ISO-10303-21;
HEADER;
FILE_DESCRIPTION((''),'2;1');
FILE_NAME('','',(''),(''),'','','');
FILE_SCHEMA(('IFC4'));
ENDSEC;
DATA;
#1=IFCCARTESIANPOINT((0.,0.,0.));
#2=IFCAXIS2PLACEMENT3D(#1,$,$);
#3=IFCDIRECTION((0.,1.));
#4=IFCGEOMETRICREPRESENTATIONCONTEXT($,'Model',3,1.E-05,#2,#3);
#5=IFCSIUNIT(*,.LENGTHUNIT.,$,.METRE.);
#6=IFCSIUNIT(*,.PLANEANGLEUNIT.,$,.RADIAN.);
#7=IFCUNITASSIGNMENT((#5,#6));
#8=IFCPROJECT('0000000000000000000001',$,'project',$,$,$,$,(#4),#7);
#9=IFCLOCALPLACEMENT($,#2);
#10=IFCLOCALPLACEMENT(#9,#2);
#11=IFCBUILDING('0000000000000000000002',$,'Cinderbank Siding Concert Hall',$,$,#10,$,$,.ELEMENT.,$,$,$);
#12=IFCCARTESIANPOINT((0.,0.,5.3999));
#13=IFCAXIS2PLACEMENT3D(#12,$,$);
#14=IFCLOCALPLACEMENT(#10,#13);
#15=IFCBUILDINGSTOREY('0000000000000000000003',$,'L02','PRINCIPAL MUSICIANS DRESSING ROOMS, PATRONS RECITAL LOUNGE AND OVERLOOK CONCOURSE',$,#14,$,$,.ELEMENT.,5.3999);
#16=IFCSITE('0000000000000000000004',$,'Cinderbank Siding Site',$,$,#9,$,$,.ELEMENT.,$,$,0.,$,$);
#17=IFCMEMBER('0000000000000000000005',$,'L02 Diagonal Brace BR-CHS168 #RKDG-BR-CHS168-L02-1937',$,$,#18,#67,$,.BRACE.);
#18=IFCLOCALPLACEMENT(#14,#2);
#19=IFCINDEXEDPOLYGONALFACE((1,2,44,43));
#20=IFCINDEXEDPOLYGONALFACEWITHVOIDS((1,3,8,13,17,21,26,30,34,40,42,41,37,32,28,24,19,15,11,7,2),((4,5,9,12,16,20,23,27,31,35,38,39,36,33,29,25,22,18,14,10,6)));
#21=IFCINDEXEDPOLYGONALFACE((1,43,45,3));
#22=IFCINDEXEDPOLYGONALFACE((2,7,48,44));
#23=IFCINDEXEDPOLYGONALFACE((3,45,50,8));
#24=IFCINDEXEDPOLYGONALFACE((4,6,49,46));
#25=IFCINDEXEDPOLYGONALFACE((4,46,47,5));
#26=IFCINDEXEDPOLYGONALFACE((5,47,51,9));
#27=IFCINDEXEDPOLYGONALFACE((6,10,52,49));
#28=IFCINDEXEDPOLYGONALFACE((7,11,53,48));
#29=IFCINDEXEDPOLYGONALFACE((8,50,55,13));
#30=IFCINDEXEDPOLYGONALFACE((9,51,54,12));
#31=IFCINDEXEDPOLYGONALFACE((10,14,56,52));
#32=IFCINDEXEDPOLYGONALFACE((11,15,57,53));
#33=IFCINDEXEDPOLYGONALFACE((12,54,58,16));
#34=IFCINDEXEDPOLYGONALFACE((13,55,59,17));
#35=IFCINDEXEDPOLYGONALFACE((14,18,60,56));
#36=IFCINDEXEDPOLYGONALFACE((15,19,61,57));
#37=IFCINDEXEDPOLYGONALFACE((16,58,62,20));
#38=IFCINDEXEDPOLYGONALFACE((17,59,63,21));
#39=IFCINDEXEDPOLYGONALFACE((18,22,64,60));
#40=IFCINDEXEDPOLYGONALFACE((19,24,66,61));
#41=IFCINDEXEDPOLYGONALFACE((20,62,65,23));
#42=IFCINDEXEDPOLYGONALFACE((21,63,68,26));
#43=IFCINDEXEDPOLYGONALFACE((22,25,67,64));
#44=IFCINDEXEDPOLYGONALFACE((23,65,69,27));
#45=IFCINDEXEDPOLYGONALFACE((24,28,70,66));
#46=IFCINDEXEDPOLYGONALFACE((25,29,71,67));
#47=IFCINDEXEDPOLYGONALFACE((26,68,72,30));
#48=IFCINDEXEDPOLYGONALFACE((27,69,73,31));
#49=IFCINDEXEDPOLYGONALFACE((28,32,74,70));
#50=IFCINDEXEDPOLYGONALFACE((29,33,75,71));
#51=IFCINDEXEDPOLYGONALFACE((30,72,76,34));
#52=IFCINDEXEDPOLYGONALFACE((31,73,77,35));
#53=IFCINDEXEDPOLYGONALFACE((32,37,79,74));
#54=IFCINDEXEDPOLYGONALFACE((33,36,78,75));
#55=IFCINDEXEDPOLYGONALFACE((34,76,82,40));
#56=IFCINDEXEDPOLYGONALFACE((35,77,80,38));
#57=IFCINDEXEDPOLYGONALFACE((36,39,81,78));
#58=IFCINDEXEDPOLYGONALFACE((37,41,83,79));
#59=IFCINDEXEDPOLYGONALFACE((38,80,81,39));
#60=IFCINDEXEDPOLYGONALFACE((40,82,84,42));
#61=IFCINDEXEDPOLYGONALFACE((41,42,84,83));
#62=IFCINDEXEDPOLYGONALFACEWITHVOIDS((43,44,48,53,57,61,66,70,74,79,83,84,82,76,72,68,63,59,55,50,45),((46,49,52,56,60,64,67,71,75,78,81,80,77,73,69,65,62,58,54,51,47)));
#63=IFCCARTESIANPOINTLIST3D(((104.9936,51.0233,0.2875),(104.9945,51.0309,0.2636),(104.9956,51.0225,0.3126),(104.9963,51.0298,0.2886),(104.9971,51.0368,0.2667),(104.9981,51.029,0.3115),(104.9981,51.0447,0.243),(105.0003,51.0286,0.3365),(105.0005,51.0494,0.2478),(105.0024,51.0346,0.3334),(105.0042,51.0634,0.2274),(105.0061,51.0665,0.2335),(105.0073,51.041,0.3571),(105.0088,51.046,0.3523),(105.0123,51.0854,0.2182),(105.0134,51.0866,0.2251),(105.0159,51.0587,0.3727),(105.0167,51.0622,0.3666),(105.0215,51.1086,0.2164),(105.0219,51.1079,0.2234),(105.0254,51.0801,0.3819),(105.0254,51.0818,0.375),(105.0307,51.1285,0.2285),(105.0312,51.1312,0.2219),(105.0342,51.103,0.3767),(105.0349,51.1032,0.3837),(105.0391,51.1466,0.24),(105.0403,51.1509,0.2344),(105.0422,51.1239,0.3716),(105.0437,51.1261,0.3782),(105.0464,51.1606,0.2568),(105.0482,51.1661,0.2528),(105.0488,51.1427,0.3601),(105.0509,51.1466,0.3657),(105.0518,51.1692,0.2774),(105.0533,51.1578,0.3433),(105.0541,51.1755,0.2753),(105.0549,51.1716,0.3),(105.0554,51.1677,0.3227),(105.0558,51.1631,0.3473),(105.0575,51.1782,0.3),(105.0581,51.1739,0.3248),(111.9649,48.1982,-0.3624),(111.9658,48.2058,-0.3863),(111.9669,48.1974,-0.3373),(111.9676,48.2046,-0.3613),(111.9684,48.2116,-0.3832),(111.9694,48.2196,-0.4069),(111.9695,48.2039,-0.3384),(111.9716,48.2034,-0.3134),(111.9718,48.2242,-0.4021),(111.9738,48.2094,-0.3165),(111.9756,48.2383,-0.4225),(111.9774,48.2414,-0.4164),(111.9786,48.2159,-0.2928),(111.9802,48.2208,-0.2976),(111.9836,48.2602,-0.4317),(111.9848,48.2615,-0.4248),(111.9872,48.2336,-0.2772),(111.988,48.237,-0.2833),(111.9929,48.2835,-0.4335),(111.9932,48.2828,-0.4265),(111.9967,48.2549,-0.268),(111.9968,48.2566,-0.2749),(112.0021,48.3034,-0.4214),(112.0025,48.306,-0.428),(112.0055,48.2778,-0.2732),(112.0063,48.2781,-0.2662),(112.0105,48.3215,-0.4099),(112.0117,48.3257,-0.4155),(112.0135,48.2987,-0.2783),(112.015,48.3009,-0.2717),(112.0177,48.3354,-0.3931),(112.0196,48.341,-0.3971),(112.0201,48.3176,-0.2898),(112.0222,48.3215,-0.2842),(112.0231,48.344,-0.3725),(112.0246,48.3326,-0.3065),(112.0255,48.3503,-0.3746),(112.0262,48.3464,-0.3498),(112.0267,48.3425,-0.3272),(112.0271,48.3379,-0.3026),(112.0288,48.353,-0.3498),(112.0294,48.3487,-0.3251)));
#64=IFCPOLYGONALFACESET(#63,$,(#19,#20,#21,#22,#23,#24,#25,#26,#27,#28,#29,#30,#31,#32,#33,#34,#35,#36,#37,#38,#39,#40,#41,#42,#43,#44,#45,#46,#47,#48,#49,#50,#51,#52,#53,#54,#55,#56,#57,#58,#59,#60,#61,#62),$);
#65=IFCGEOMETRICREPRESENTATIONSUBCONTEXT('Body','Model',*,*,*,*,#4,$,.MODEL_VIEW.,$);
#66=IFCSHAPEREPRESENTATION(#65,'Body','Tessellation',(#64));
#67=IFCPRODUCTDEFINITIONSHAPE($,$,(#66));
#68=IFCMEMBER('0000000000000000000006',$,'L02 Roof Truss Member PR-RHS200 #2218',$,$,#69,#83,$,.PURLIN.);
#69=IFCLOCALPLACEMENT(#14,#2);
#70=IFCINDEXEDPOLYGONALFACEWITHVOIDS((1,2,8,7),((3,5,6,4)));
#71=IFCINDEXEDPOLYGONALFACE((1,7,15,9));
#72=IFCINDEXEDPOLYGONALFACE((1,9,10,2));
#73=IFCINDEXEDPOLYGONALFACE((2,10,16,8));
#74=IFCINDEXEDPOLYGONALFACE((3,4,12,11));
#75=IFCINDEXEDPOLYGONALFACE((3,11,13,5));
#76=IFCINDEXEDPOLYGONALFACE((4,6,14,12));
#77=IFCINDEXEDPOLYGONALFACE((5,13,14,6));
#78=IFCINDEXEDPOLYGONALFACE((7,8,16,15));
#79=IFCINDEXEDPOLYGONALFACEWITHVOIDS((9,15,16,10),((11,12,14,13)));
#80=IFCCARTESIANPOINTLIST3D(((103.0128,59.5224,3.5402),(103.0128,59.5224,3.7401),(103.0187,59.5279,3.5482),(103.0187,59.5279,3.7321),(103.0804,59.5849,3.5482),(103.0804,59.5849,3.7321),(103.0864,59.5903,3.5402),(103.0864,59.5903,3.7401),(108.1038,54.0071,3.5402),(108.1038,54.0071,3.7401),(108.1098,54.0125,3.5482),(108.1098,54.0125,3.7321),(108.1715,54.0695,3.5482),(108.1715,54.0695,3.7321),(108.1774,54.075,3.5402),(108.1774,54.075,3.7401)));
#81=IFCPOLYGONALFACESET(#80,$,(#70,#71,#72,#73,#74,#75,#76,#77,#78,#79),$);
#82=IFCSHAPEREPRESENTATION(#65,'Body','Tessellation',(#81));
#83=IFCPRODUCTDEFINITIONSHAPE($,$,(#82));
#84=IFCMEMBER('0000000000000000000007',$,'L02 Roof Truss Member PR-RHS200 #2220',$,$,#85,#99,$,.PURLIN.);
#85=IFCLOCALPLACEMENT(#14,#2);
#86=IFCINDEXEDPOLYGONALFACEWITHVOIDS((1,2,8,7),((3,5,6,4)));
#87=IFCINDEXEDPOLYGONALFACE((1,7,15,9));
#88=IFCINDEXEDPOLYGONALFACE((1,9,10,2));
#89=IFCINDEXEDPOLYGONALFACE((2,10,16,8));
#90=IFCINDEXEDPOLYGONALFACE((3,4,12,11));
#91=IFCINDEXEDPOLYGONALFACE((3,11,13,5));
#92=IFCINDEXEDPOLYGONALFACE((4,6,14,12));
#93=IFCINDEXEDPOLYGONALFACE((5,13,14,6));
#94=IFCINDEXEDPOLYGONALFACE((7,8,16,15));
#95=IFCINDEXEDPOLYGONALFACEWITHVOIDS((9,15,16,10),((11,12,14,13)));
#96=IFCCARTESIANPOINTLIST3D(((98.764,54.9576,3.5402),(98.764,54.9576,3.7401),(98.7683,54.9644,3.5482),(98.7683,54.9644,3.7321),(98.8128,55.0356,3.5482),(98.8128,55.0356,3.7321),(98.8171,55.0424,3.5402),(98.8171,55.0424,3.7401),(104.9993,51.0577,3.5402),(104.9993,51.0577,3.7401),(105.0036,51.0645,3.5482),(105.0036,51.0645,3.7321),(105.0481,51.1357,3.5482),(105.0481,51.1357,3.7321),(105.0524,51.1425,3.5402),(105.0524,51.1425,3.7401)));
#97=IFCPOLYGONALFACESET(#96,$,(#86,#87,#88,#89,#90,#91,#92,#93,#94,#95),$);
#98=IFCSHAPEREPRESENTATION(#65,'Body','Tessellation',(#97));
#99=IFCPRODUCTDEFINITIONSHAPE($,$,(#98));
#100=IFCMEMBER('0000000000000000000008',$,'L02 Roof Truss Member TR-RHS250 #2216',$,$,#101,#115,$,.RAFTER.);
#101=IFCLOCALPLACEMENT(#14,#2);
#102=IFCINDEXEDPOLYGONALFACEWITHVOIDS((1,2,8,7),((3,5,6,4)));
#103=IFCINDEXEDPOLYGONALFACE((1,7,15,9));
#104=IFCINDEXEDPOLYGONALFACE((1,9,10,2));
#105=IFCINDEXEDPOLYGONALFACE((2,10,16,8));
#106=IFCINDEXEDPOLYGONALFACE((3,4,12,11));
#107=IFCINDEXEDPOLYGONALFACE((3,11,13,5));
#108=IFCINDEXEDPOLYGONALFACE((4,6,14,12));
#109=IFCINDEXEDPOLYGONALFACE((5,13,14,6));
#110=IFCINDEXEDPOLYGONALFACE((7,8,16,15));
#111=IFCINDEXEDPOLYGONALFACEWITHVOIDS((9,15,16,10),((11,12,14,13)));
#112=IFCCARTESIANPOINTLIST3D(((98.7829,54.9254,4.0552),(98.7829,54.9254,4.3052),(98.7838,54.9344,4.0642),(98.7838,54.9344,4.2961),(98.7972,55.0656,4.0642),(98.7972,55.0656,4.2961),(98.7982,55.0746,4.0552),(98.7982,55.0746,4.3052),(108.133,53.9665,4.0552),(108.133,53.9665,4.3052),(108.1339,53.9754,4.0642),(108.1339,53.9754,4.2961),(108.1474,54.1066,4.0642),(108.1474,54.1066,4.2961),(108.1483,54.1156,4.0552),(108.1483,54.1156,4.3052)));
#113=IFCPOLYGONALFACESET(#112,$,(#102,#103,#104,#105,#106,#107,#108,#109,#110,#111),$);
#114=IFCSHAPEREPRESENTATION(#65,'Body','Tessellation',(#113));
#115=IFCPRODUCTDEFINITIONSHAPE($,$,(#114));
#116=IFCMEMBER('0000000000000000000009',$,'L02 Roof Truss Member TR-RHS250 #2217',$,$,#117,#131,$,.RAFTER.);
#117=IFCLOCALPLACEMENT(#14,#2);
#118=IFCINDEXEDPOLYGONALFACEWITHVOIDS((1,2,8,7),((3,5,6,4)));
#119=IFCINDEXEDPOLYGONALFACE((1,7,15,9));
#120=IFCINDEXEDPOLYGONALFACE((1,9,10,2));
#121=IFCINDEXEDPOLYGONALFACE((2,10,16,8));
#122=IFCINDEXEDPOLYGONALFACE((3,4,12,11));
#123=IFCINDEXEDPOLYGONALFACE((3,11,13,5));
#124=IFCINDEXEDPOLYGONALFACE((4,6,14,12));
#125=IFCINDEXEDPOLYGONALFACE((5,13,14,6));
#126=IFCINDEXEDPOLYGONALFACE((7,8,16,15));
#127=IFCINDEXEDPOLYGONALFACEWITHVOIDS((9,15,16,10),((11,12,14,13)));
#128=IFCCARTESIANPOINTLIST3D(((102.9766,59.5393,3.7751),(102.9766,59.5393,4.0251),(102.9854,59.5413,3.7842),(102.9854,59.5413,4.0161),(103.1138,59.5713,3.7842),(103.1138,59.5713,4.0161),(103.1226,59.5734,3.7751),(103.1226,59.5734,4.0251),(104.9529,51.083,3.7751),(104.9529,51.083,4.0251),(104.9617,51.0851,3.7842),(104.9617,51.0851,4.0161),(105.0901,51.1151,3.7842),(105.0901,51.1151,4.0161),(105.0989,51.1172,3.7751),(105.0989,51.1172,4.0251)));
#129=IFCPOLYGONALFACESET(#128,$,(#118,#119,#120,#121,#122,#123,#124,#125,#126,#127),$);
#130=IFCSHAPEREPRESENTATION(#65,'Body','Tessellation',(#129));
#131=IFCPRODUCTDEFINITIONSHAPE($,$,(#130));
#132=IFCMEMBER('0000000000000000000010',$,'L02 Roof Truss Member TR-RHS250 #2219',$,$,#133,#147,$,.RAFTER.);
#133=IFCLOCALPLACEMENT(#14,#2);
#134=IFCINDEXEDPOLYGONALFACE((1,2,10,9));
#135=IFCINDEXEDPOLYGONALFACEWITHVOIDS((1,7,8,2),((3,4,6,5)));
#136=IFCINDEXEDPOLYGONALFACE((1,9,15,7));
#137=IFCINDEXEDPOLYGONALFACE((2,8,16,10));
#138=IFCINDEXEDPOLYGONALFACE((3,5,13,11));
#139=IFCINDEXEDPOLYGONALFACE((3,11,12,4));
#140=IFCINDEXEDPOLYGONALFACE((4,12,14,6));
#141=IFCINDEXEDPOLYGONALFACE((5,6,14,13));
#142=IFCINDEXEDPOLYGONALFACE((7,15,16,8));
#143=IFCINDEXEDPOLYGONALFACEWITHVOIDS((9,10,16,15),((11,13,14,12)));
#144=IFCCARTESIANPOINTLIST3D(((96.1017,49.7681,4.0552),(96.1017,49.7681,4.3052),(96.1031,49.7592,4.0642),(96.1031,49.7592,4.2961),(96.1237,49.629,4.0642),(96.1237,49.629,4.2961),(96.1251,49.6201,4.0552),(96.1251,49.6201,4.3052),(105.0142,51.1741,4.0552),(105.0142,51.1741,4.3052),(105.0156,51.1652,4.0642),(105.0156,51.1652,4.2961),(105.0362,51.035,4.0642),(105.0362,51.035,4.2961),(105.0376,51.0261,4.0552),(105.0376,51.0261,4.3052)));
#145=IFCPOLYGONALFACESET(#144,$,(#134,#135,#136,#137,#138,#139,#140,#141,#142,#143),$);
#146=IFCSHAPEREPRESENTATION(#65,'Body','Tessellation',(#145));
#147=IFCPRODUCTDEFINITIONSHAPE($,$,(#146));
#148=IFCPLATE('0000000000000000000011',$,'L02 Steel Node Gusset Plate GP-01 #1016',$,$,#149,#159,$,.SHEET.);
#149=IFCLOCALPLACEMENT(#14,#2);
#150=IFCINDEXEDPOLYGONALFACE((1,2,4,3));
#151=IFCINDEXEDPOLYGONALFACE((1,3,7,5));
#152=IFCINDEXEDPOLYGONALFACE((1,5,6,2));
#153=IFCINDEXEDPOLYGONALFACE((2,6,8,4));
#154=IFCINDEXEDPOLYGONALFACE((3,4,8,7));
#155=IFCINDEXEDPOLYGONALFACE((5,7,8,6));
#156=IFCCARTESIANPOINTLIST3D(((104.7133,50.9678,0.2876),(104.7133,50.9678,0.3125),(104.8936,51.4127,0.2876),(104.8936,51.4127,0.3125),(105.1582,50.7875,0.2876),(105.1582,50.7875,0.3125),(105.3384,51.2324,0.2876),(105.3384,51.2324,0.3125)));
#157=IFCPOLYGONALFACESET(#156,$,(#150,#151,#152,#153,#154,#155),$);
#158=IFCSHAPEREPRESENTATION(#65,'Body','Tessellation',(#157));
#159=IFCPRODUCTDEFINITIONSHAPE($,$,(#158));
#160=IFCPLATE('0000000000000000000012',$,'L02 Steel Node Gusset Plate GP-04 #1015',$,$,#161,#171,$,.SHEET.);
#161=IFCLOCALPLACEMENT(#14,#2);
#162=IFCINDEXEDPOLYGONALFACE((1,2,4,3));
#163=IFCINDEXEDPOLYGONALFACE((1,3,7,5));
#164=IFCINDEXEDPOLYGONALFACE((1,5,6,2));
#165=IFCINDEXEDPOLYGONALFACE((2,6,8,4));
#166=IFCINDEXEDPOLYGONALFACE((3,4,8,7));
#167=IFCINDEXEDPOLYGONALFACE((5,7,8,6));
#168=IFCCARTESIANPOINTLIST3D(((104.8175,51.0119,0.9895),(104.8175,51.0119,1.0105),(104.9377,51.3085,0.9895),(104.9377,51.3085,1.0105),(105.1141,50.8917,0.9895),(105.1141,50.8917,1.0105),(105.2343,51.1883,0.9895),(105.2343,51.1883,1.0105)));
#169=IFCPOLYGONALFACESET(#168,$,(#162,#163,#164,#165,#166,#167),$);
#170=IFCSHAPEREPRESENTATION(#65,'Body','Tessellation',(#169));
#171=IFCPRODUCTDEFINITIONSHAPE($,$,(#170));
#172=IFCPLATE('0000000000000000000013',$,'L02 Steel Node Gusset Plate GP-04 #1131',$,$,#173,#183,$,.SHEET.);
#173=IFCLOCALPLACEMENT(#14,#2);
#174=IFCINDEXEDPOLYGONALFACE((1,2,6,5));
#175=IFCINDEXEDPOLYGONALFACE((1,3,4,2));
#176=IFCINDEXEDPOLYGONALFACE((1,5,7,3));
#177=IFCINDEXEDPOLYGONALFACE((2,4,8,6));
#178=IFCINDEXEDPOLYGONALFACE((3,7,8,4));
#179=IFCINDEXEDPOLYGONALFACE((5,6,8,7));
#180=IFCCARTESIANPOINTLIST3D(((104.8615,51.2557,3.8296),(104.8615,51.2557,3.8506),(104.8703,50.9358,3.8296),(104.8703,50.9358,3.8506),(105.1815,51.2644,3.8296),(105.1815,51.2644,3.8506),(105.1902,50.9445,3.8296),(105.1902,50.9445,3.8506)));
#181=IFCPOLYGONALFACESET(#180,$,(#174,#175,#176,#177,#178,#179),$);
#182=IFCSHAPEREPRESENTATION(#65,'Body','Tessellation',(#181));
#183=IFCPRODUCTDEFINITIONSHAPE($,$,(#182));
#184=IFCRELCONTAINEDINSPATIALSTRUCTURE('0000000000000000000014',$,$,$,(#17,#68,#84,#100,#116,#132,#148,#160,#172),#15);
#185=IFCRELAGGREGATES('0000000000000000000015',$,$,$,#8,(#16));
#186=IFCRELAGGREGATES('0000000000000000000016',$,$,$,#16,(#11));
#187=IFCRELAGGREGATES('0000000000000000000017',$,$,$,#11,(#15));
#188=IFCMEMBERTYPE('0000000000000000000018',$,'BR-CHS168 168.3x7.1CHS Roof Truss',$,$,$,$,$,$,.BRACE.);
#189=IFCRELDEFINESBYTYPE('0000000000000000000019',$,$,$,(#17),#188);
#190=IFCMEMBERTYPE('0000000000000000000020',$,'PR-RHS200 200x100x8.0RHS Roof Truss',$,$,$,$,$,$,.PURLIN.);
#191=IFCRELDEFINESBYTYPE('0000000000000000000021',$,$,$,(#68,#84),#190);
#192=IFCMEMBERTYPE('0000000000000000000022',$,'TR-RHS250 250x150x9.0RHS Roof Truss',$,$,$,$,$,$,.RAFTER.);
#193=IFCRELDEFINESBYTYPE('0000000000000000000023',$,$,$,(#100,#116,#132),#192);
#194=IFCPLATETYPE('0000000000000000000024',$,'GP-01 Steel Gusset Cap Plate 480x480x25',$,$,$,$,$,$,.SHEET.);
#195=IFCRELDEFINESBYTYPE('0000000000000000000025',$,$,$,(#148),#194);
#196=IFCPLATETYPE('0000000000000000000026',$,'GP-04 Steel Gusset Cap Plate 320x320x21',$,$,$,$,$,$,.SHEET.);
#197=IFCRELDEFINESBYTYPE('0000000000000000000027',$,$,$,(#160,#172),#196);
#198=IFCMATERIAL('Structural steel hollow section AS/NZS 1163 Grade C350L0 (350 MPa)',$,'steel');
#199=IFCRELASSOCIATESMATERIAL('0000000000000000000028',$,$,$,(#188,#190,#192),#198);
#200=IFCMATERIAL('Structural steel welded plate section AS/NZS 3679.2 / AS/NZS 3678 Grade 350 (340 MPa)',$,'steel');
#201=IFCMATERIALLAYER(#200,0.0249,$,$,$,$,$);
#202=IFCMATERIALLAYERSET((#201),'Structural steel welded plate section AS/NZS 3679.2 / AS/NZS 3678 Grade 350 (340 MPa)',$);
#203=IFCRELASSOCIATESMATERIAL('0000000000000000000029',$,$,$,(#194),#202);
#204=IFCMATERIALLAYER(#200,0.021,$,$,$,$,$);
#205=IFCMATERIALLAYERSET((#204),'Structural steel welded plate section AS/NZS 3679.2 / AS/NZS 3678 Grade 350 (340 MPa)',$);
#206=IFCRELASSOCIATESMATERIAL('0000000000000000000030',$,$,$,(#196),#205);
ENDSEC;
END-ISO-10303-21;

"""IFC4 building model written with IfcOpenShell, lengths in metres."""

from ifc_helpers import new_model, si_unit, direction, frame, origin, origin_2d, place, context, subcontext, project, spatial, rectangle, hollow_rectangle, hollow_circle, extrude, material, layer, layer_set, material_profile, profile_set, type_object, element, save


model = new_model("IFC4")

# Units and contexts
model_context = context("Model", 3, precision=1e-05, world=origin(), true_north=direction((0.0, 1.0)))
body_context = subcontext(model_context, "Body", "Model", "MODEL_VIEW")
ifc_project = project(units=[si_unit("LENGTHUNIT", "METRE"), si_unit("PLANEANGLEUNIT", "RADIAN")], contexts=[model_context])

# Site, building, storey
site_placement = place(None, origin())
site = spatial("IfcSite", under=ifc_project, at=site_placement, Name="Cinderbank Siding Site", CompositionType="ELEMENT", RefElevation=0.0)
building_placement = place(site_placement, origin())
building = spatial("IfcBuilding", under=site, at=building_placement, Name="Cinderbank Siding Concert Hall", CompositionType="ELEMENT")
storey_placement = place(building_placement, frame((0.0, 0.0, 5.3999)))
storey = spatial("IfcBuildingStorey", under=building, at=storey_placement, Name="L02", Description="PRINCIPAL MUSICIANS DRESSING ROOMS, PATRONS RECITAL LOUNGE AND OVERLOOK CONCOURSE", CompositionType="ELEMENT", Elevation=5.3999)

# Members
ifc_material_1 = material(Name="Structural steel hollow section AS/NZS 1163 Grade C350L0 (350 MPa)", Category="steel")
ifc_material_profile_1 = material_profile(ifc_material_1, hollow_circle(Radius=0.0842, WallThickness=0.0071, at=origin_2d()), Name="168.3x7.1CHS", Category="LoadBearing")
ifc_profile_set_1 = profile_set([ifc_material_profile_1], Name="Structural steel hollow section AS/NZS 1163 Grade C350L0 (350 MPa)")
member_type_1 = type_object("IfcMemberType", Name="BR-CHS168 168.3x7.1CHS Roof Truss", PredefinedType="BRACE", material=ifc_profile_set_1)
member_1_placement = place(storey_placement, frame((105.0259, 51.1001, 0.3), z_axis=(0.923349, -0.37419, -0.086078), x_axis=(0.375584, 0.926788, 0.0)))
element("IfcMember", 1, at=member_1_placement, inside=storey, type_object=member_type_1, Name="L02 Diagonal Brace BR-CHS168 #RKDG-BR-CHS168-L02-1937", PredefinedType="BRACE", context=body_context, shape_type="SweptSolid", body=[
    extrude(hollow_circle(Radius=0.0842, WallThickness=0.0071, at=origin_2d()), origin(), (0.0, 0.0, 1.0), 7.55),
])
ifc_material_profile_2 = material_profile(ifc_material_1, hollow_rectangle(XDim=0.1001, YDim=0.2, WallThickness=0.0081, at=origin_2d()), Name="200x100x8.0RHS", Category="LoadBearing")
ifc_profile_set_2 = profile_set([ifc_material_profile_2], Name="Structural steel hollow section AS/NZS 1163 Grade C350L0 (350 MPa)")
member_type_2 = type_object("IfcMemberType", Name="PR-RHS200 200x100x8.0RHS Roof Truss", PredefinedType="PURLIN", material=ifc_profile_set_2)
member_2_placement = place(storey_placement, frame((108.1406, 54.041, 3.6401), z_axis=(-0.678276, 0.734807, 0.0), x_axis=(-0.734807, -0.678276, 0.0)))
element("IfcMember", 2, at=member_2_placement, inside=storey, type_object=member_type_2, Name="L02 Roof Truss Member PR-RHS200 #2218", PredefinedType="PURLIN", context=body_context, shape_type="SweptSolid", body=[
    extrude(hollow_rectangle(XDim=0.1001, YDim=0.2, WallThickness=0.0081, at=origin_2d()), origin(), (0.0, 0.0, 1.0), 7.5059),
])
member_3_placement = place(storey_placement, frame((105.0259, 51.1001, 3.6401), z_axis=(-0.847827, 0.530273, 0.0), x_axis=(-0.530273, -0.847827, 0.0)))
element("IfcMember", 3, at=member_3_placement, inside=storey, type_object=member_type_2, Name="L02 Roof Truss Member PR-RHS200 #2220", PredefinedType="PURLIN", context=body_context, shape_type="SweptSolid", body=[
    extrude(hollow_rectangle(XDim=0.1001, YDim=0.2, WallThickness=0.0081, at=origin_2d()), origin(), (0.0, 0.0, 1.0), 7.3545),
])
ifc_material_profile_3 = material_profile(ifc_material_1, hollow_rectangle(XDim=0.1499, YDim=0.25, WallThickness=0.009, at=origin_2d()), Name="250x150x9.0RHS", Category="LoadBearing")
ifc_profile_set_3 = profile_set([ifc_material_profile_3], Name="Structural steel hollow section AS/NZS 1163 Grade C350L0 (350 MPa)")
member_type_3 = type_object("IfcMemberType", Name="TR-RHS250 250x150x9.0RHS Roof Truss", PredefinedType="RAFTER", material=ifc_profile_set_3)
member_4_placement = place(storey_placement, frame((108.1406, 54.041, 4.1802), z_axis=(-0.994781, 0.102029, 0.0), x_axis=(-0.102029, -0.994781, 0.0)))
element("IfcMember", 4, at=member_4_placement, inside=storey, type_object=member_type_3, Name="L02 Roof Truss Member TR-RHS250 #2216", PredefinedType="RAFTER", context=body_context, shape_type="SweptSolid", body=[
    extrude(hollow_rectangle(XDim=0.1499, YDim=0.25, WallThickness=0.009, at=origin_2d()), origin(), (0.0, 0.0, 1.0), 9.3992),
])
member_5_placement = place(storey_placement, frame((105.0259, 51.1001, 3.9001), z_axis=(-0.227577, 0.97376, 0.0), x_axis=(-0.97376, -0.227577, 0.0)))
element("IfcMember", 5, at=member_5_placement, inside=storey, type_object=member_type_3, Name="L02 Roof Truss Member TR-RHS250 #2217", PredefinedType="RAFTER", context=body_context, shape_type="SweptSolid", body=[
    extrude(hollow_rectangle(XDim=0.1499, YDim=0.25, WallThickness=0.009, at=origin_2d()), origin(), (0.0, 0.0, 1.0), 8.6841),
])
member_6_placement = place(storey_placement, frame((105.0259, 51.1001, 4.1802), z_axis=(-0.987784, -0.155828, 0.0), x_axis=(0.155828, -0.987784, 0.0)))
element("IfcMember", 6, at=member_6_placement, inside=storey, type_object=member_type_3, Name="L02 Roof Truss Member TR-RHS250 #2219", PredefinedType="RAFTER", context=body_context, shape_type="SweptSolid", body=[
    extrude(hollow_rectangle(XDim=0.1499, YDim=0.25, WallThickness=0.009, at=origin_2d()), origin(), (0.0, 0.0, 1.0), 9.0227),
])

# Plates
ifc_material_2 = material(Name="Structural steel welded plate section AS/NZS 3679.2 / AS/NZS 3678 Grade 350 (340 MPa)", Category="steel")
ifc_layer_1 = layer(ifc_material_2, 0.0249)
ifc_layer_set_1 = layer_set([ifc_layer_1], Name="Structural steel welded plate section AS/NZS 3679.2 / AS/NZS 3678 Grade 350 (340 MPa)")
plate_type_1 = type_object("IfcPlateType", Name="GP-01 Steel Gusset Cap Plate 480x480x25", PredefinedType="SHEET", material=ifc_layer_set_1)
plate_placement = place(storey_placement, frame((105.0259, 51.1001, 0.2876), z_axis=(0.0, 0.0, 1.0), x_axis=(0.926791, -0.375577, 0.0)))
element("IfcPlate", 7, at=plate_placement, inside=storey, type_object=plate_type_1, Name="L02 Steel Node Gusset Plate GP-01 #1016", PredefinedType="SHEET", context=body_context, shape_type="SweptSolid", body=[
    extrude(rectangle(XDim=0.48, YDim=0.48, at=origin_2d()), origin(), (0.0, 0.0, 1.0), 0.0249),
])
ifc_layer_2 = layer(ifc_material_2, 0.021)
ifc_layer_set_2 = layer_set([ifc_layer_2], Name="Structural steel welded plate section AS/NZS 3679.2 / AS/NZS 3678 Grade 350 (340 MPa)")
plate_type_2 = type_object("IfcPlateType", Name="GP-04 Steel Gusset Cap Plate 320x320x21", PredefinedType="SHEET", material=ifc_layer_set_2)
for number, where, z_axis, x_axis, name in (
    (8, (105.0259, 51.1001, 0.9895), (0.0, 0.0, 1.0), (-0.926791, 0.375577, 0.0), "L02 Steel Node Gusset Plate GP-04 #1015"),
    (9, (105.0259, 51.1001, 3.8296), (0.0, 0.0, 1.0), (-0.999629, -0.027224, 0.0), "L02 Steel Node Gusset Plate GP-04 #1131"),
):
    element("IfcPlate", number, at=place(storey_placement, frame(where, z_axis=z_axis, x_axis=x_axis)), inside=storey, type_object=plate_type_2, Name=name, PredefinedType="SHEET", context=body_context, shape_type="SweptSolid", body=[
        extrude(rectangle(XDim=0.3201, YDim=0.3201, at=origin_2d()), origin(), (0.0, 0.0, 1.0), 0.021),
    ])

save(model, "model.ifc")
